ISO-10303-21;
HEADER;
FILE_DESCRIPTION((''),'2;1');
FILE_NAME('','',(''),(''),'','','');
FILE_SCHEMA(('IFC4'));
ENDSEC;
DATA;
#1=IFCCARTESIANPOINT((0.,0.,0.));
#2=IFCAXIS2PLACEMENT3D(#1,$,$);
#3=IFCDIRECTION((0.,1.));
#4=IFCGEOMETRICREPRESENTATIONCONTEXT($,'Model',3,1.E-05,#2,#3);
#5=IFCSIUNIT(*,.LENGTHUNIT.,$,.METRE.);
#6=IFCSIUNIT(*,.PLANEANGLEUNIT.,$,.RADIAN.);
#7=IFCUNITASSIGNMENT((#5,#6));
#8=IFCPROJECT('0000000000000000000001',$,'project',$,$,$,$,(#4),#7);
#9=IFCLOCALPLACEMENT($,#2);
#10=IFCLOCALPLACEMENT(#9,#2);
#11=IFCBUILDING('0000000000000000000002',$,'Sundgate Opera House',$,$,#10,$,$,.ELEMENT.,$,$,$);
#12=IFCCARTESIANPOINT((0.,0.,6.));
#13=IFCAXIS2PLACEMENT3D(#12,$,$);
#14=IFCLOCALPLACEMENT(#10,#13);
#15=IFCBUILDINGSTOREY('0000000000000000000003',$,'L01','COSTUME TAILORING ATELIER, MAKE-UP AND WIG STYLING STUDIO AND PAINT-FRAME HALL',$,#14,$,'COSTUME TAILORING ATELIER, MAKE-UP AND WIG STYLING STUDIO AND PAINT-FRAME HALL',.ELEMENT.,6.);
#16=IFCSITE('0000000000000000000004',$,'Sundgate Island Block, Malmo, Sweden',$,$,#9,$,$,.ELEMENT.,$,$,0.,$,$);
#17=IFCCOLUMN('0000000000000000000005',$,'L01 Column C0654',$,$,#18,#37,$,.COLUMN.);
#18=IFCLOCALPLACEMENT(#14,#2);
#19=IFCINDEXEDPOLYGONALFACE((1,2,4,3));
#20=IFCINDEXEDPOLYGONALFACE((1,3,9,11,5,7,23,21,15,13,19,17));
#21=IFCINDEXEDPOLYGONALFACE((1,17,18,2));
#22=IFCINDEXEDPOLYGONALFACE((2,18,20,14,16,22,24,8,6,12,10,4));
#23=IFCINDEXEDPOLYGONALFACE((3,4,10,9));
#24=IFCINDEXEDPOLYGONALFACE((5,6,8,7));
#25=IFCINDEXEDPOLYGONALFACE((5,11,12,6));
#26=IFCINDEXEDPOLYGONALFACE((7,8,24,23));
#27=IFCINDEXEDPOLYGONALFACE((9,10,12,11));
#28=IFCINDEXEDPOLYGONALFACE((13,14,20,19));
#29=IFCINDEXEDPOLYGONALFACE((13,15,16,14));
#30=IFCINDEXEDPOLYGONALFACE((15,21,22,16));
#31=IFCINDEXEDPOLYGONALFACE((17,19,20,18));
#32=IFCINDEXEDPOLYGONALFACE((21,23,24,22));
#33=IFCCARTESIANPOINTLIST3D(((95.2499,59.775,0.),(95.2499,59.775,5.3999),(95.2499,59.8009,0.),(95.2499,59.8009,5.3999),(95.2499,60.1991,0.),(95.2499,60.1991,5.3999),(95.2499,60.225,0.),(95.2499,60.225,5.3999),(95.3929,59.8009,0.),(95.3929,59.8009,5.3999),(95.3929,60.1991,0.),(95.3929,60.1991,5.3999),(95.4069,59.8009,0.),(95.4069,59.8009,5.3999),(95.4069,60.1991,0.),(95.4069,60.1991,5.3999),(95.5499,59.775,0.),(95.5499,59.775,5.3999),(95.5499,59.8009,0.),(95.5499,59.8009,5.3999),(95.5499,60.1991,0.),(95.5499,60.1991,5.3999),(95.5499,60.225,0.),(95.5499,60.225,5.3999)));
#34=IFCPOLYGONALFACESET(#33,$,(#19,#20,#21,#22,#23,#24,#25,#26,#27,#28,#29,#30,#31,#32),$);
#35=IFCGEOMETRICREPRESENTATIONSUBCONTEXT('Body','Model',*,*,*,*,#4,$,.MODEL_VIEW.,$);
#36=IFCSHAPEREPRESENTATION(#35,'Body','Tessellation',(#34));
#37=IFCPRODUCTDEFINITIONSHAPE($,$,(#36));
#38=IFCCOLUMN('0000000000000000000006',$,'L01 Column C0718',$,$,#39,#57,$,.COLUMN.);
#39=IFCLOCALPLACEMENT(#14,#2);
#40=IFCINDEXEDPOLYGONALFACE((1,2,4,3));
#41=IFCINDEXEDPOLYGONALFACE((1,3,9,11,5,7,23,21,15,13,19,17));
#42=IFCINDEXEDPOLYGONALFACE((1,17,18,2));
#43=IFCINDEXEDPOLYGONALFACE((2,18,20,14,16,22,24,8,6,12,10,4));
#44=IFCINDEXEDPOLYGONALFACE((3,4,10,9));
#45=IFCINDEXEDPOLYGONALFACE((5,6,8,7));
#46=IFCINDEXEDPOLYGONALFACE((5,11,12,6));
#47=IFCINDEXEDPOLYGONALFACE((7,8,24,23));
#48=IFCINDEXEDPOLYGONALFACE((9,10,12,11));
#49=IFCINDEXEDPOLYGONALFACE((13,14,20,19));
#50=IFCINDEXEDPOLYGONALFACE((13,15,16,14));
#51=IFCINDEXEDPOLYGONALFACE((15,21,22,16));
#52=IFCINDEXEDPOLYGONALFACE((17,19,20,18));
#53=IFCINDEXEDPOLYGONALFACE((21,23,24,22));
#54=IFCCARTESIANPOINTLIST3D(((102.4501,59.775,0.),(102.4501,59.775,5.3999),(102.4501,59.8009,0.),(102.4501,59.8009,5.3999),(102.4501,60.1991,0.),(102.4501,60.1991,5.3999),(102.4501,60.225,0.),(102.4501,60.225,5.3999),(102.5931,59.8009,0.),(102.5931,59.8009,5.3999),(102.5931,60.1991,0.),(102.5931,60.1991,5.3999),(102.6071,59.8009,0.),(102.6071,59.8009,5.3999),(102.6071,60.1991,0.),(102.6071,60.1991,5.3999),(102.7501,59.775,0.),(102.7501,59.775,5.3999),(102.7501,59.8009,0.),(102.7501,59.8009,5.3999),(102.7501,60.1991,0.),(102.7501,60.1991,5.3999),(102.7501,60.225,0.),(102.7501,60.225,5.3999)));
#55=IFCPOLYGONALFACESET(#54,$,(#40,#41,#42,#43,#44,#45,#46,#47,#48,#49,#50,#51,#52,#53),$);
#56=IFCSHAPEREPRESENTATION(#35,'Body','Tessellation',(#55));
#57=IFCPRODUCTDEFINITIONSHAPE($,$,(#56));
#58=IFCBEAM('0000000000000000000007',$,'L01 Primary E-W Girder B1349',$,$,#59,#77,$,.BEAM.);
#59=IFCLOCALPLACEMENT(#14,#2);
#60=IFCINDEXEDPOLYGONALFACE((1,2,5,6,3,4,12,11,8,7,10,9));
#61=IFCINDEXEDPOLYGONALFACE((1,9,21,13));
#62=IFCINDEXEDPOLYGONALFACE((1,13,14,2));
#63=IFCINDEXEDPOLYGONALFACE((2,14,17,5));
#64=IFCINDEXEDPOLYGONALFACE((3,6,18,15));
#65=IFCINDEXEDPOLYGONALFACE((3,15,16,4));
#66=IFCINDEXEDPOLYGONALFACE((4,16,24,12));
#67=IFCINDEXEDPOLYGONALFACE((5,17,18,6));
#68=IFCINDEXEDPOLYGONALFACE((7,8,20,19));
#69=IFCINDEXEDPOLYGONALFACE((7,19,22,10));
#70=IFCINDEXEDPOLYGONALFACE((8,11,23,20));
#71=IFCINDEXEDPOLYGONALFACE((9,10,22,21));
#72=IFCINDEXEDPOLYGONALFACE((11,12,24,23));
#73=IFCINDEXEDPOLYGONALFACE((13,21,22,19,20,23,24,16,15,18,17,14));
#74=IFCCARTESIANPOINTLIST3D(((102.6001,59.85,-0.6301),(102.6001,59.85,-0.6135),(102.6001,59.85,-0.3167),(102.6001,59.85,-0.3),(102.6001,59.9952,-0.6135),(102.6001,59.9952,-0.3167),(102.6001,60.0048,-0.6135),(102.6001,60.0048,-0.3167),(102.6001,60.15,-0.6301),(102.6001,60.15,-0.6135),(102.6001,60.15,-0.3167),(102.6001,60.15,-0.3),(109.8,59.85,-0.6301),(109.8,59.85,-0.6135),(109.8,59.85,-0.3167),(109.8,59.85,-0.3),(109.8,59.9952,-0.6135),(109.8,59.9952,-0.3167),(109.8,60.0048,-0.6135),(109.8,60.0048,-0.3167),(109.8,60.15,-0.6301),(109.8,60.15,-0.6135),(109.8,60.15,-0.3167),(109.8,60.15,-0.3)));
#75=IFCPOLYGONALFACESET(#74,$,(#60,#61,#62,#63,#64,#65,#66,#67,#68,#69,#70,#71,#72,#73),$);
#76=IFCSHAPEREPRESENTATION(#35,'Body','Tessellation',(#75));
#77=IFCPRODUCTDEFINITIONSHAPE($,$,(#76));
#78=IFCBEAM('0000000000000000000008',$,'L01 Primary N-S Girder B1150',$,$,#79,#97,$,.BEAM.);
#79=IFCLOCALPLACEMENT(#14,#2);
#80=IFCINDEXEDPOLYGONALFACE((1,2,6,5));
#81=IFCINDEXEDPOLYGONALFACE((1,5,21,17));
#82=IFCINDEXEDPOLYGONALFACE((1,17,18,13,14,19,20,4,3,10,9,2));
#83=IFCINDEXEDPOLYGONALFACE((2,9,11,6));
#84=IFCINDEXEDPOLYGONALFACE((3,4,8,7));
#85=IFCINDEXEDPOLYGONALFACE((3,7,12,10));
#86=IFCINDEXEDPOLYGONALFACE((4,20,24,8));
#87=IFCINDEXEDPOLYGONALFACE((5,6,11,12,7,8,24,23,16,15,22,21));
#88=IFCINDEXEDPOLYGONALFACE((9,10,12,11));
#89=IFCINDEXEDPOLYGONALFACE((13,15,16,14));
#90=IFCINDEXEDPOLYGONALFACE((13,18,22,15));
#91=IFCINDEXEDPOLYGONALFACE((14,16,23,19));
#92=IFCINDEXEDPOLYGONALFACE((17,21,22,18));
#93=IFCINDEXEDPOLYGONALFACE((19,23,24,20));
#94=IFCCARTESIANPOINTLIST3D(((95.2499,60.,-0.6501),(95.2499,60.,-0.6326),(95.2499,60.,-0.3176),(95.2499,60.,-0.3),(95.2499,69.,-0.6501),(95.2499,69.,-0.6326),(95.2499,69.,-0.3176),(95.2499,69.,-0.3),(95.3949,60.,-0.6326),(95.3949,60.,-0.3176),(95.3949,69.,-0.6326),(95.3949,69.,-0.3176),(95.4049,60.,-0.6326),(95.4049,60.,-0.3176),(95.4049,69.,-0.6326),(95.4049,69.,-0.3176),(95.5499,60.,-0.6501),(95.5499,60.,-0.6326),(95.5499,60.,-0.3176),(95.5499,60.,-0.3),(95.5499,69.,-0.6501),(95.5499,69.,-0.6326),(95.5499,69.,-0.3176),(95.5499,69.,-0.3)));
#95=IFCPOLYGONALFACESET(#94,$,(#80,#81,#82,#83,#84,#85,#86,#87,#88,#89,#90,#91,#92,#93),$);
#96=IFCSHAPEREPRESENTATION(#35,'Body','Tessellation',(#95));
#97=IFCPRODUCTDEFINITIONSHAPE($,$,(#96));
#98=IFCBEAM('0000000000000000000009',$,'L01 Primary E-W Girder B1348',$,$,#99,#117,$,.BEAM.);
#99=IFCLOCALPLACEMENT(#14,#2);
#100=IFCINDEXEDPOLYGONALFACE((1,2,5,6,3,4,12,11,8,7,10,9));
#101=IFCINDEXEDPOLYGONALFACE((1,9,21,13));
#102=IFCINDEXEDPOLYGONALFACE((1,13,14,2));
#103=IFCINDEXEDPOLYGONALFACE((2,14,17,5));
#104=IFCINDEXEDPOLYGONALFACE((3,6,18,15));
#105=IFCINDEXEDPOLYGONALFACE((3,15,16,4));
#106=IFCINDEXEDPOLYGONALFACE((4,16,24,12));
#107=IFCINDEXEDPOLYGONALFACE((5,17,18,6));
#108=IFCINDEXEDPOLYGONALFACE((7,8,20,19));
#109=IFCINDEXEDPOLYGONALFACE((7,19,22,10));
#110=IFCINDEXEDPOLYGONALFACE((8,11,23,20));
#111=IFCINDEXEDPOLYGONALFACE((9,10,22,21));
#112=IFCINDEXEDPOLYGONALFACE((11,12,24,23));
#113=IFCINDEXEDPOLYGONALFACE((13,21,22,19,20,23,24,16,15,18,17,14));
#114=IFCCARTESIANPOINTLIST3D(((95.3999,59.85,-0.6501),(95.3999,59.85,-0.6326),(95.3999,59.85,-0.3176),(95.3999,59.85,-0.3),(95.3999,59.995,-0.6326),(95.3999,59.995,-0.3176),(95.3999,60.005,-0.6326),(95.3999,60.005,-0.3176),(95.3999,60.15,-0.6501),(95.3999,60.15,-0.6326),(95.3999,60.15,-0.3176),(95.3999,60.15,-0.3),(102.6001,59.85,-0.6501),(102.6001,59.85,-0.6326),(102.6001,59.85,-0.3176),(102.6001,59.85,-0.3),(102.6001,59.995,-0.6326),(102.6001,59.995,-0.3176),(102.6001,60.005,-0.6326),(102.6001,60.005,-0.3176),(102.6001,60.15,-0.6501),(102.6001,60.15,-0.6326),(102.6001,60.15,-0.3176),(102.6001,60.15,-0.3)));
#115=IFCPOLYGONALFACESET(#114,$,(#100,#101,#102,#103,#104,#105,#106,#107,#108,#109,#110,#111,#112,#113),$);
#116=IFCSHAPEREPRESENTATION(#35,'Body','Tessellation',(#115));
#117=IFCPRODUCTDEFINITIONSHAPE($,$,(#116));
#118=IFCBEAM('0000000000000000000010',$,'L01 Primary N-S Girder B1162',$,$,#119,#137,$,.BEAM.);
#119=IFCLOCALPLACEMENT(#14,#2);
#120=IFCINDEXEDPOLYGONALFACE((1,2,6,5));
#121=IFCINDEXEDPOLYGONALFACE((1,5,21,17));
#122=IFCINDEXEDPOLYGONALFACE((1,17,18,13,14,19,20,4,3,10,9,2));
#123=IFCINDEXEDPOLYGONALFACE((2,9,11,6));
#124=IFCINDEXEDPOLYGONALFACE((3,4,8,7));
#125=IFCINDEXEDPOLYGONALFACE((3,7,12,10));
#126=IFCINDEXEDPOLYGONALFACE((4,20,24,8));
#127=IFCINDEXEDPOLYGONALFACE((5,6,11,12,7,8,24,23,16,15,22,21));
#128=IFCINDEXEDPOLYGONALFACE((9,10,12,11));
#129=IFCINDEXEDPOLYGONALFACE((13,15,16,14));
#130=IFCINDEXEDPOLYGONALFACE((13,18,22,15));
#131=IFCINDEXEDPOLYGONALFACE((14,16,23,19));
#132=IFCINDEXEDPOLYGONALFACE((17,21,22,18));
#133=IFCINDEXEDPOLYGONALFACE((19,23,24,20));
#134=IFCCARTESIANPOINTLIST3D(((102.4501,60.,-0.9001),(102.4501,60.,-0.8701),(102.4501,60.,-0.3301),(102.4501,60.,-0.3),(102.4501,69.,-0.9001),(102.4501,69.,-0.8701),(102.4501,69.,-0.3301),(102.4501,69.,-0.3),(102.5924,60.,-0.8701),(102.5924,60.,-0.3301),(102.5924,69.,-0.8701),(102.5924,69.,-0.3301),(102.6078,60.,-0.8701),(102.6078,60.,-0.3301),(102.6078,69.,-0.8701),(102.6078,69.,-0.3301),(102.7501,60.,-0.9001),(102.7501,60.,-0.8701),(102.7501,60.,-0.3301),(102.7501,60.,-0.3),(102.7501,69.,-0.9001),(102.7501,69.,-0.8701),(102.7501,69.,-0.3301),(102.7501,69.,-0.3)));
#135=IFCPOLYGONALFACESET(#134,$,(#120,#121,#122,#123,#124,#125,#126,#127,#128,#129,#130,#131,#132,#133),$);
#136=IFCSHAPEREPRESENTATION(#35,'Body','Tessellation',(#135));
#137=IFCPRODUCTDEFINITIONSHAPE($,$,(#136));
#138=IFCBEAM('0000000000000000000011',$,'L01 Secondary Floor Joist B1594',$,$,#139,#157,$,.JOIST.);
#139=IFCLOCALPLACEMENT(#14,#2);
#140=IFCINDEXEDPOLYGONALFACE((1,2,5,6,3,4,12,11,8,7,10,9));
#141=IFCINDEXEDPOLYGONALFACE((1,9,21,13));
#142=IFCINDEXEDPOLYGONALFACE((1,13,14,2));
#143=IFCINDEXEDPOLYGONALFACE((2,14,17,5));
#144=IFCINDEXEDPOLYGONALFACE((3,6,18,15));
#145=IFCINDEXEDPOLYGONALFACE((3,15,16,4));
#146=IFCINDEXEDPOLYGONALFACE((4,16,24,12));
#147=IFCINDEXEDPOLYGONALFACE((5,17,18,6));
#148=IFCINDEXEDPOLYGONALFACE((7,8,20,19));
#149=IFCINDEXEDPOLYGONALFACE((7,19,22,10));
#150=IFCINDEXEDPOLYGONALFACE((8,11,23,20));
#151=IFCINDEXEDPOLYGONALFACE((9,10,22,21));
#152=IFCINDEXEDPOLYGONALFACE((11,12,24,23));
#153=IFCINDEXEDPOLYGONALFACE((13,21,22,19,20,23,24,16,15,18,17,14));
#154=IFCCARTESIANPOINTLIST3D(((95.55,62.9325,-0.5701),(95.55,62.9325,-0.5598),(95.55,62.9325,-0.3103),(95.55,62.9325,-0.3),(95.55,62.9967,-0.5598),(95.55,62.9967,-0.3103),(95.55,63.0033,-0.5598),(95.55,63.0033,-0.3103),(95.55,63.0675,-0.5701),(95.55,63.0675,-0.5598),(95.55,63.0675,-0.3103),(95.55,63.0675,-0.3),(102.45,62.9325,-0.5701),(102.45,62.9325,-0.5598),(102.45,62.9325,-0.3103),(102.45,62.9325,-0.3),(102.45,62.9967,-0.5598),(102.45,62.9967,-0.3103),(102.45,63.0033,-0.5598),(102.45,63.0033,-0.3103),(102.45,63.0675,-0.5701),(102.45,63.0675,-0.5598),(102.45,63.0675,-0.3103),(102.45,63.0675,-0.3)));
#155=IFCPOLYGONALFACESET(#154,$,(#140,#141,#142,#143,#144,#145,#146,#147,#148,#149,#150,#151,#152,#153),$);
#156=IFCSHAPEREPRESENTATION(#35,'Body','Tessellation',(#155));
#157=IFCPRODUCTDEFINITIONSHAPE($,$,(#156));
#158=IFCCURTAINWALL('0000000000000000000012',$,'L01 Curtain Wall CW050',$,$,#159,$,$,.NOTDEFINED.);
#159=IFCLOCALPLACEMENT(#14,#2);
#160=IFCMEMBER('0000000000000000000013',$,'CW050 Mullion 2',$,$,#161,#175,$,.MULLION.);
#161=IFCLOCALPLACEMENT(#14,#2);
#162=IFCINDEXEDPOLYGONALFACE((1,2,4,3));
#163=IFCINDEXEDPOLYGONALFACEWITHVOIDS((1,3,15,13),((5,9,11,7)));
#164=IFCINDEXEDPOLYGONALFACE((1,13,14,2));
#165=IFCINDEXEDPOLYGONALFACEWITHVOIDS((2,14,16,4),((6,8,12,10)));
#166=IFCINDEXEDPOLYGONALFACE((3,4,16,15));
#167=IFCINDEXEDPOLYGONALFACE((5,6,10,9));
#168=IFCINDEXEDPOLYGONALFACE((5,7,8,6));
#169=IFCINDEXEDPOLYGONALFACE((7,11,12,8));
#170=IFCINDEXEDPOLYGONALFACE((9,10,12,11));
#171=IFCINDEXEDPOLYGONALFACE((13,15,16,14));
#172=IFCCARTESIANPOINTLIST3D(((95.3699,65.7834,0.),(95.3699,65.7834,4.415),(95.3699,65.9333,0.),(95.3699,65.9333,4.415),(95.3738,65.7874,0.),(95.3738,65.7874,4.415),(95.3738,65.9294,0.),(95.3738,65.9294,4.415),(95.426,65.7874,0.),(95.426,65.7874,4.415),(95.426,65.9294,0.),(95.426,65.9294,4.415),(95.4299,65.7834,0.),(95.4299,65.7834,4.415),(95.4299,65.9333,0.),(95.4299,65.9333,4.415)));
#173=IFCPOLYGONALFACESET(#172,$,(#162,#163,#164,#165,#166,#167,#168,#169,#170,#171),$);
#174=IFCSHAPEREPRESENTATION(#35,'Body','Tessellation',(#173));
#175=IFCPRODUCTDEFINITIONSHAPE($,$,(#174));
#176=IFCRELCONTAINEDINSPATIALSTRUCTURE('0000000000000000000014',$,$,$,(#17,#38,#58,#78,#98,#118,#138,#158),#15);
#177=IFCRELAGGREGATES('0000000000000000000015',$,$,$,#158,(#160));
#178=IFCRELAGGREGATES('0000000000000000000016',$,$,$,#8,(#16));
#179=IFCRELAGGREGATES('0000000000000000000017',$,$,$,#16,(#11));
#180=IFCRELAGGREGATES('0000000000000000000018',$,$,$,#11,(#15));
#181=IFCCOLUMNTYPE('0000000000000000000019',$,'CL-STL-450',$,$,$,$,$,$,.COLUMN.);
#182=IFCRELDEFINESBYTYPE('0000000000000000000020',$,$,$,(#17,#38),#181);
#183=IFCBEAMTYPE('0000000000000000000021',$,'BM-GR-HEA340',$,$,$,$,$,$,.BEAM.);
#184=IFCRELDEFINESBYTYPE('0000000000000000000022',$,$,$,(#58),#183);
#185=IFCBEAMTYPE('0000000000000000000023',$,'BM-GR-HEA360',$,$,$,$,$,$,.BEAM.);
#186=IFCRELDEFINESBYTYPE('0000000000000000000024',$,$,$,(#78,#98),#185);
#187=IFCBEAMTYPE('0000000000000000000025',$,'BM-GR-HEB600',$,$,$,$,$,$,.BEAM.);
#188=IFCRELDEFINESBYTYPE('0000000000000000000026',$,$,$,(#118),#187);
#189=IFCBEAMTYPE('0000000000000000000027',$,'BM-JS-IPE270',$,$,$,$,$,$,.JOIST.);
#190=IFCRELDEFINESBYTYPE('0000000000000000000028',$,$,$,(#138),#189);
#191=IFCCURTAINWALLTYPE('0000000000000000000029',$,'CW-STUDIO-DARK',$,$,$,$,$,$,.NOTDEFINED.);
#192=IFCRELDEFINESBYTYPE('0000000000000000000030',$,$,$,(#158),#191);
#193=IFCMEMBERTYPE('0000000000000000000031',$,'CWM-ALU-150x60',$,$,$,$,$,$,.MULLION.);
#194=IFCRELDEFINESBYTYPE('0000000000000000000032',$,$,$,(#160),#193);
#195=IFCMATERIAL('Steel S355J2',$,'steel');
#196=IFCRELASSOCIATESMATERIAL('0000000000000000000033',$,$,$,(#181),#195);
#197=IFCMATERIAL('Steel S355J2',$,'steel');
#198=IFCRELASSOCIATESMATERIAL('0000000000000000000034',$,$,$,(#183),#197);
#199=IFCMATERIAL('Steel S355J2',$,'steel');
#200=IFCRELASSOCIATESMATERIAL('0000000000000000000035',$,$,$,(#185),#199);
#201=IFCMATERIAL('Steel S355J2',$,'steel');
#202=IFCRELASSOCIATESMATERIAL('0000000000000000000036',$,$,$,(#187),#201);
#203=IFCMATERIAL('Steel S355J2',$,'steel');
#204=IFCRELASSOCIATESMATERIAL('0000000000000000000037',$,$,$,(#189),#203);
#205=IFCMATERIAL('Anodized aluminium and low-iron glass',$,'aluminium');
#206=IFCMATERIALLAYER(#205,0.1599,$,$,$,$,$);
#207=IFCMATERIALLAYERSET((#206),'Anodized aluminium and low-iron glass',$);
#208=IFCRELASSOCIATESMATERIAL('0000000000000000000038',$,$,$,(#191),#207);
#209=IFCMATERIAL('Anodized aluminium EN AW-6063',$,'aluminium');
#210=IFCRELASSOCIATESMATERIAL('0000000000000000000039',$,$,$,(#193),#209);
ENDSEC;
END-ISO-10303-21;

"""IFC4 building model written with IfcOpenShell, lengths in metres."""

from ifc_helpers import new_model, si_unit, direction, frame, origin, origin_2d, place, context, subcontext, project, spatial, hollow_rectangle, i_section, extrude, material, layer, layer_set, material_profile, profile_set, type_object, element, aggregate, save


model = new_model("IFC4")

# Units and contexts
model_context = context("Model", 3, precision=1e-05, world=origin(), true_north=direction((0.0, 1.0)))
body_context = subcontext(model_context, "Body", "Model", "MODEL_VIEW")
ifc_project = project(units=[si_unit("LENGTHUNIT", "METRE"), si_unit("PLANEANGLEUNIT", "RADIAN")], contexts=[model_context])

# Site, building, storey
site_placement = place(None, origin())
site = spatial("IfcSite", under=ifc_project, at=site_placement, Name="Sundgate Island Block, Malmo, Sweden", CompositionType="ELEMENT", RefElevation=0.0)
building_placement = place(site_placement, origin())
building = spatial("IfcBuilding", under=site, at=building_placement, Name="Sundgate Opera House", CompositionType="ELEMENT")
storey_placement = place(building_placement, frame((0.0, 0.0, 6.0)))
storey = spatial("IfcBuildingStorey", under=building, at=storey_placement, Name="L01", Description="COSTUME TAILORING ATELIER, MAKE-UP AND WIG STYLING STUDIO AND PAINT-FRAME HALL", LongName="COSTUME TAILORING ATELIER, MAKE-UP AND WIG STYLING STUDIO AND PAINT-FRAME HALL", CompositionType="ELEMENT", Elevation=6.0)

# Columns
ifc_material_1 = material(Name="Steel S355J2", Category="steel")
ifc_material_profile_1 = material_profile(ifc_material_1, i_section(OverallWidth=0.3, OverallDepth=0.45, WebThickness=0.0139, FlangeThickness=0.0259, at=origin_2d()), Name="HEB 450")
ifc_profile_set_1 = profile_set([ifc_material_profile_1], Name="Steel S355J2")
column_type = type_object("IfcColumnType", Name="CL-STL-450", PredefinedType="COLUMN", material=ifc_profile_set_1)
for number, where, z_axis, x_axis, name in (
    (1, (95.3999, 60.0, 0.0), (0.0, 0.0, 1.0), (1.0, 0.0, 0.0), "L01 Column C0654"),
    (2, (102.6001, 60.0, 0.0), (0.0, 0.0, 1.0), (1.0, 0.0, 0.0), "L01 Column C0718"),
):
    element("IfcColumn", number, at=place(storey_placement, frame(where, z_axis=z_axis, x_axis=x_axis)), inside=storey, type_object=column_type, Name=name, PredefinedType="COLUMN", context=body_context, shape_type="SweptSolid", body=[
        extrude(i_section(OverallWidth=0.3, OverallDepth=0.45, WebThickness=0.0139, FlangeThickness=0.0259, at=origin_2d()), origin(), (0.0, 0.0, 1.0), 5.3999),
    ])

# Beams
ifc_material_2 = material(Name="Steel S355J2", Category="steel")
ifc_material_profile_2 = material_profile(ifc_material_2, i_section(OverallWidth=0.3, OverallDepth=0.3301, WebThickness=0.0095, FlangeThickness=0.0166, at=origin_2d()), Name="HEA 340")
ifc_profile_set_2 = profile_set([ifc_material_profile_2], Name="Steel S355J2")
beam_type_1 = type_object("IfcBeamType", Name="BM-GR-HEA340", PredefinedType="BEAM", material=ifc_profile_set_2)
beam_1_placement = place(storey_placement, frame((102.6001, 60.0, -0.4651), z_axis=(1.0, 0.0, 0.0), x_axis=(0.0, 1.0, 0.0)))
element("IfcBeam", 3, at=beam_1_placement, inside=storey, type_object=beam_type_1, Name="L01 Primary E-W Girder B1349", PredefinedType="BEAM", context=body_context, shape_type="SweptSolid", body=[
    extrude(i_section(OverallWidth=0.3, OverallDepth=0.3301, WebThickness=0.0095, FlangeThickness=0.0166, at=origin_2d()), origin(), (0.0, 0.0, 1.0), 7.2),
])
ifc_material_3 = material(Name="Steel S355J2", Category="steel")
ifc_material_profile_3 = material_profile(ifc_material_3, i_section(OverallWidth=0.3, OverallDepth=0.3501, WebThickness=0.01, FlangeThickness=0.0176, at=origin_2d()), Name="HEA 360")
ifc_profile_set_3 = profile_set([ifc_material_profile_3], Name="Steel S355J2")
beam_type_2 = type_object("IfcBeamType", Name="BM-GR-HEA360", PredefinedType="BEAM", material=ifc_profile_set_3)
beam_2_placement = place(storey_placement, frame((95.3999, 60.0, -0.4751), z_axis=(0.0, 1.0, 0.0), x_axis=(-1.0, 0.0, 0.0)))
element("IfcBeam", 4, at=beam_2_placement, inside=storey, type_object=beam_type_2, Name="L01 Primary N-S Girder B1150", PredefinedType="BEAM", context=body_context, shape_type="SweptSolid", body=[
    extrude(i_section(OverallWidth=0.3, OverallDepth=0.3501, WebThickness=0.01, FlangeThickness=0.0176, at=origin_2d()), origin(), (0.0, 0.0, 1.0), 9.0),
])
beam_3_placement = place(storey_placement, frame((95.3999, 60.0, -0.4751), z_axis=(1.0, 0.0, 0.0), x_axis=(0.0, 1.0, 0.0)))
element("IfcBeam", 5, at=beam_3_placement, inside=storey, type_object=beam_type_2, Name="L01 Primary E-W Girder B1348", PredefinedType="BEAM", context=body_context, shape_type="SweptSolid", body=[
    extrude(i_section(OverallWidth=0.3, OverallDepth=0.3501, WebThickness=0.01, FlangeThickness=0.0176, at=origin_2d()), origin(), (0.0, 0.0, 1.0), 7.2002),
])
ifc_material_4 = material(Name="Steel S355J2", Category="steel")
ifc_material_profile_4 = material_profile(ifc_material_4, i_section(OverallWidth=0.3, OverallDepth=0.6001, WebThickness=0.0154, FlangeThickness=0.03, at=origin_2d()), Name="HEB 600")
ifc_profile_set_4 = profile_set([ifc_material_profile_4], Name="Steel S355J2")
beam_type_3 = type_object("IfcBeamType", Name="BM-GR-HEB600", PredefinedType="BEAM", material=ifc_profile_set_4)
beam_4_placement = place(storey_placement, frame((102.6001, 60.0, -0.6001), z_axis=(0.0, 1.0, 0.0), x_axis=(-1.0, 0.0, 0.0)))
element("IfcBeam", 6, at=beam_4_placement, inside=storey, type_object=beam_type_3, Name="L01 Primary N-S Girder B1162", PredefinedType="BEAM", context=body_context, shape_type="SweptSolid", body=[
    extrude(i_section(OverallWidth=0.3, OverallDepth=0.6001, WebThickness=0.0154, FlangeThickness=0.03, at=origin_2d()), origin(), (0.0, 0.0, 1.0), 9.0),
])
ifc_material_5 = material(Name="Steel S355J2", Category="steel")
ifc_material_profile_5 = material_profile(ifc_material_5, i_section(OverallWidth=0.135, OverallDepth=0.27, WebThickness=0.0066, FlangeThickness=0.0103, at=origin_2d()), Name="IPE 270")
ifc_profile_set_5 = profile_set([ifc_material_profile_5], Name="Steel S355J2")
beam_type_4 = type_object("IfcBeamType", Name="BM-JS-IPE270", PredefinedType="JOIST", material=ifc_profile_set_5)
beam_5_placement = place(storey_placement, frame((95.55, 63.0, -0.4351), z_axis=(1.0, 0.0, 0.0), x_axis=(0.0, 1.0, 0.0)))
element("IfcBeam", 7, at=beam_5_placement, inside=storey, type_object=beam_type_4, Name="L01 Secondary Floor Joist B1594", PredefinedType="JOIST", context=body_context, shape_type="SweptSolid", body=[
    extrude(i_section(OverallWidth=0.135, OverallDepth=0.27, WebThickness=0.0066, FlangeThickness=0.0103, at=origin_2d()), origin(), (0.0, 0.0, 1.0), 6.8999),
])

# Curtain wall, member
ifc_material_6 = material(Name="Anodized aluminium and low-iron glass", Category="aluminium")
ifc_layer_1 = layer(ifc_material_6, 0.1599)
ifc_layer_set_1 = layer_set([ifc_layer_1], Name="Anodized aluminium and low-iron glass")
curtain_wall_type = type_object("IfcCurtainWallType", Name="CW-STUDIO-DARK", PredefinedType="NOTDEFINED", material=ifc_layer_set_1)
curtain_wall_placement = place(storey_placement, origin())
curtain_wall = element("IfcCurtainWall", 8, at=curtain_wall_placement, inside=storey, type_object=curtain_wall_type, Name="L01 Curtain Wall CW050", PredefinedType="NOTDEFINED")
ifc_material_7 = material(Name="Anodized aluminium EN AW-6063", Category="aluminium")
ifc_material_profile_6 = material_profile(ifc_material_7, hollow_rectangle(XDim=0.0601, YDim=0.1499, WallThickness=0.0039, at=origin_2d()), Name="CWM 150x60x4")
ifc_profile_set_6 = profile_set([ifc_material_profile_6], Name="Anodized aluminium EN AW-6063")
member_type_1 = type_object("IfcMemberType", Name="CWM-ALU-150x60", PredefinedType="MULLION", material=ifc_profile_set_6)
member_1_placement = place(storey_placement, frame((95.3999, 65.8584, 0.0), z_axis=(0.0, 0.0, 1.0), x_axis=(1.0, 0.0, 0.0)))
member_1 = element("IfcMember", 9, at=member_1_placement, type_object=member_type_1, Name="CW050 Mullion 2", PredefinedType="MULLION", context=body_context, shape_type="SweptSolid", body=[
    extrude(hollow_rectangle(XDim=0.0601, YDim=0.1499, WallThickness=0.0039, at=origin_2d()), origin(), (0.0, 0.0, 1.0), 4.415),
])
aggregate(curtain_wall, [member_1])

save(model, "model.ifc")
